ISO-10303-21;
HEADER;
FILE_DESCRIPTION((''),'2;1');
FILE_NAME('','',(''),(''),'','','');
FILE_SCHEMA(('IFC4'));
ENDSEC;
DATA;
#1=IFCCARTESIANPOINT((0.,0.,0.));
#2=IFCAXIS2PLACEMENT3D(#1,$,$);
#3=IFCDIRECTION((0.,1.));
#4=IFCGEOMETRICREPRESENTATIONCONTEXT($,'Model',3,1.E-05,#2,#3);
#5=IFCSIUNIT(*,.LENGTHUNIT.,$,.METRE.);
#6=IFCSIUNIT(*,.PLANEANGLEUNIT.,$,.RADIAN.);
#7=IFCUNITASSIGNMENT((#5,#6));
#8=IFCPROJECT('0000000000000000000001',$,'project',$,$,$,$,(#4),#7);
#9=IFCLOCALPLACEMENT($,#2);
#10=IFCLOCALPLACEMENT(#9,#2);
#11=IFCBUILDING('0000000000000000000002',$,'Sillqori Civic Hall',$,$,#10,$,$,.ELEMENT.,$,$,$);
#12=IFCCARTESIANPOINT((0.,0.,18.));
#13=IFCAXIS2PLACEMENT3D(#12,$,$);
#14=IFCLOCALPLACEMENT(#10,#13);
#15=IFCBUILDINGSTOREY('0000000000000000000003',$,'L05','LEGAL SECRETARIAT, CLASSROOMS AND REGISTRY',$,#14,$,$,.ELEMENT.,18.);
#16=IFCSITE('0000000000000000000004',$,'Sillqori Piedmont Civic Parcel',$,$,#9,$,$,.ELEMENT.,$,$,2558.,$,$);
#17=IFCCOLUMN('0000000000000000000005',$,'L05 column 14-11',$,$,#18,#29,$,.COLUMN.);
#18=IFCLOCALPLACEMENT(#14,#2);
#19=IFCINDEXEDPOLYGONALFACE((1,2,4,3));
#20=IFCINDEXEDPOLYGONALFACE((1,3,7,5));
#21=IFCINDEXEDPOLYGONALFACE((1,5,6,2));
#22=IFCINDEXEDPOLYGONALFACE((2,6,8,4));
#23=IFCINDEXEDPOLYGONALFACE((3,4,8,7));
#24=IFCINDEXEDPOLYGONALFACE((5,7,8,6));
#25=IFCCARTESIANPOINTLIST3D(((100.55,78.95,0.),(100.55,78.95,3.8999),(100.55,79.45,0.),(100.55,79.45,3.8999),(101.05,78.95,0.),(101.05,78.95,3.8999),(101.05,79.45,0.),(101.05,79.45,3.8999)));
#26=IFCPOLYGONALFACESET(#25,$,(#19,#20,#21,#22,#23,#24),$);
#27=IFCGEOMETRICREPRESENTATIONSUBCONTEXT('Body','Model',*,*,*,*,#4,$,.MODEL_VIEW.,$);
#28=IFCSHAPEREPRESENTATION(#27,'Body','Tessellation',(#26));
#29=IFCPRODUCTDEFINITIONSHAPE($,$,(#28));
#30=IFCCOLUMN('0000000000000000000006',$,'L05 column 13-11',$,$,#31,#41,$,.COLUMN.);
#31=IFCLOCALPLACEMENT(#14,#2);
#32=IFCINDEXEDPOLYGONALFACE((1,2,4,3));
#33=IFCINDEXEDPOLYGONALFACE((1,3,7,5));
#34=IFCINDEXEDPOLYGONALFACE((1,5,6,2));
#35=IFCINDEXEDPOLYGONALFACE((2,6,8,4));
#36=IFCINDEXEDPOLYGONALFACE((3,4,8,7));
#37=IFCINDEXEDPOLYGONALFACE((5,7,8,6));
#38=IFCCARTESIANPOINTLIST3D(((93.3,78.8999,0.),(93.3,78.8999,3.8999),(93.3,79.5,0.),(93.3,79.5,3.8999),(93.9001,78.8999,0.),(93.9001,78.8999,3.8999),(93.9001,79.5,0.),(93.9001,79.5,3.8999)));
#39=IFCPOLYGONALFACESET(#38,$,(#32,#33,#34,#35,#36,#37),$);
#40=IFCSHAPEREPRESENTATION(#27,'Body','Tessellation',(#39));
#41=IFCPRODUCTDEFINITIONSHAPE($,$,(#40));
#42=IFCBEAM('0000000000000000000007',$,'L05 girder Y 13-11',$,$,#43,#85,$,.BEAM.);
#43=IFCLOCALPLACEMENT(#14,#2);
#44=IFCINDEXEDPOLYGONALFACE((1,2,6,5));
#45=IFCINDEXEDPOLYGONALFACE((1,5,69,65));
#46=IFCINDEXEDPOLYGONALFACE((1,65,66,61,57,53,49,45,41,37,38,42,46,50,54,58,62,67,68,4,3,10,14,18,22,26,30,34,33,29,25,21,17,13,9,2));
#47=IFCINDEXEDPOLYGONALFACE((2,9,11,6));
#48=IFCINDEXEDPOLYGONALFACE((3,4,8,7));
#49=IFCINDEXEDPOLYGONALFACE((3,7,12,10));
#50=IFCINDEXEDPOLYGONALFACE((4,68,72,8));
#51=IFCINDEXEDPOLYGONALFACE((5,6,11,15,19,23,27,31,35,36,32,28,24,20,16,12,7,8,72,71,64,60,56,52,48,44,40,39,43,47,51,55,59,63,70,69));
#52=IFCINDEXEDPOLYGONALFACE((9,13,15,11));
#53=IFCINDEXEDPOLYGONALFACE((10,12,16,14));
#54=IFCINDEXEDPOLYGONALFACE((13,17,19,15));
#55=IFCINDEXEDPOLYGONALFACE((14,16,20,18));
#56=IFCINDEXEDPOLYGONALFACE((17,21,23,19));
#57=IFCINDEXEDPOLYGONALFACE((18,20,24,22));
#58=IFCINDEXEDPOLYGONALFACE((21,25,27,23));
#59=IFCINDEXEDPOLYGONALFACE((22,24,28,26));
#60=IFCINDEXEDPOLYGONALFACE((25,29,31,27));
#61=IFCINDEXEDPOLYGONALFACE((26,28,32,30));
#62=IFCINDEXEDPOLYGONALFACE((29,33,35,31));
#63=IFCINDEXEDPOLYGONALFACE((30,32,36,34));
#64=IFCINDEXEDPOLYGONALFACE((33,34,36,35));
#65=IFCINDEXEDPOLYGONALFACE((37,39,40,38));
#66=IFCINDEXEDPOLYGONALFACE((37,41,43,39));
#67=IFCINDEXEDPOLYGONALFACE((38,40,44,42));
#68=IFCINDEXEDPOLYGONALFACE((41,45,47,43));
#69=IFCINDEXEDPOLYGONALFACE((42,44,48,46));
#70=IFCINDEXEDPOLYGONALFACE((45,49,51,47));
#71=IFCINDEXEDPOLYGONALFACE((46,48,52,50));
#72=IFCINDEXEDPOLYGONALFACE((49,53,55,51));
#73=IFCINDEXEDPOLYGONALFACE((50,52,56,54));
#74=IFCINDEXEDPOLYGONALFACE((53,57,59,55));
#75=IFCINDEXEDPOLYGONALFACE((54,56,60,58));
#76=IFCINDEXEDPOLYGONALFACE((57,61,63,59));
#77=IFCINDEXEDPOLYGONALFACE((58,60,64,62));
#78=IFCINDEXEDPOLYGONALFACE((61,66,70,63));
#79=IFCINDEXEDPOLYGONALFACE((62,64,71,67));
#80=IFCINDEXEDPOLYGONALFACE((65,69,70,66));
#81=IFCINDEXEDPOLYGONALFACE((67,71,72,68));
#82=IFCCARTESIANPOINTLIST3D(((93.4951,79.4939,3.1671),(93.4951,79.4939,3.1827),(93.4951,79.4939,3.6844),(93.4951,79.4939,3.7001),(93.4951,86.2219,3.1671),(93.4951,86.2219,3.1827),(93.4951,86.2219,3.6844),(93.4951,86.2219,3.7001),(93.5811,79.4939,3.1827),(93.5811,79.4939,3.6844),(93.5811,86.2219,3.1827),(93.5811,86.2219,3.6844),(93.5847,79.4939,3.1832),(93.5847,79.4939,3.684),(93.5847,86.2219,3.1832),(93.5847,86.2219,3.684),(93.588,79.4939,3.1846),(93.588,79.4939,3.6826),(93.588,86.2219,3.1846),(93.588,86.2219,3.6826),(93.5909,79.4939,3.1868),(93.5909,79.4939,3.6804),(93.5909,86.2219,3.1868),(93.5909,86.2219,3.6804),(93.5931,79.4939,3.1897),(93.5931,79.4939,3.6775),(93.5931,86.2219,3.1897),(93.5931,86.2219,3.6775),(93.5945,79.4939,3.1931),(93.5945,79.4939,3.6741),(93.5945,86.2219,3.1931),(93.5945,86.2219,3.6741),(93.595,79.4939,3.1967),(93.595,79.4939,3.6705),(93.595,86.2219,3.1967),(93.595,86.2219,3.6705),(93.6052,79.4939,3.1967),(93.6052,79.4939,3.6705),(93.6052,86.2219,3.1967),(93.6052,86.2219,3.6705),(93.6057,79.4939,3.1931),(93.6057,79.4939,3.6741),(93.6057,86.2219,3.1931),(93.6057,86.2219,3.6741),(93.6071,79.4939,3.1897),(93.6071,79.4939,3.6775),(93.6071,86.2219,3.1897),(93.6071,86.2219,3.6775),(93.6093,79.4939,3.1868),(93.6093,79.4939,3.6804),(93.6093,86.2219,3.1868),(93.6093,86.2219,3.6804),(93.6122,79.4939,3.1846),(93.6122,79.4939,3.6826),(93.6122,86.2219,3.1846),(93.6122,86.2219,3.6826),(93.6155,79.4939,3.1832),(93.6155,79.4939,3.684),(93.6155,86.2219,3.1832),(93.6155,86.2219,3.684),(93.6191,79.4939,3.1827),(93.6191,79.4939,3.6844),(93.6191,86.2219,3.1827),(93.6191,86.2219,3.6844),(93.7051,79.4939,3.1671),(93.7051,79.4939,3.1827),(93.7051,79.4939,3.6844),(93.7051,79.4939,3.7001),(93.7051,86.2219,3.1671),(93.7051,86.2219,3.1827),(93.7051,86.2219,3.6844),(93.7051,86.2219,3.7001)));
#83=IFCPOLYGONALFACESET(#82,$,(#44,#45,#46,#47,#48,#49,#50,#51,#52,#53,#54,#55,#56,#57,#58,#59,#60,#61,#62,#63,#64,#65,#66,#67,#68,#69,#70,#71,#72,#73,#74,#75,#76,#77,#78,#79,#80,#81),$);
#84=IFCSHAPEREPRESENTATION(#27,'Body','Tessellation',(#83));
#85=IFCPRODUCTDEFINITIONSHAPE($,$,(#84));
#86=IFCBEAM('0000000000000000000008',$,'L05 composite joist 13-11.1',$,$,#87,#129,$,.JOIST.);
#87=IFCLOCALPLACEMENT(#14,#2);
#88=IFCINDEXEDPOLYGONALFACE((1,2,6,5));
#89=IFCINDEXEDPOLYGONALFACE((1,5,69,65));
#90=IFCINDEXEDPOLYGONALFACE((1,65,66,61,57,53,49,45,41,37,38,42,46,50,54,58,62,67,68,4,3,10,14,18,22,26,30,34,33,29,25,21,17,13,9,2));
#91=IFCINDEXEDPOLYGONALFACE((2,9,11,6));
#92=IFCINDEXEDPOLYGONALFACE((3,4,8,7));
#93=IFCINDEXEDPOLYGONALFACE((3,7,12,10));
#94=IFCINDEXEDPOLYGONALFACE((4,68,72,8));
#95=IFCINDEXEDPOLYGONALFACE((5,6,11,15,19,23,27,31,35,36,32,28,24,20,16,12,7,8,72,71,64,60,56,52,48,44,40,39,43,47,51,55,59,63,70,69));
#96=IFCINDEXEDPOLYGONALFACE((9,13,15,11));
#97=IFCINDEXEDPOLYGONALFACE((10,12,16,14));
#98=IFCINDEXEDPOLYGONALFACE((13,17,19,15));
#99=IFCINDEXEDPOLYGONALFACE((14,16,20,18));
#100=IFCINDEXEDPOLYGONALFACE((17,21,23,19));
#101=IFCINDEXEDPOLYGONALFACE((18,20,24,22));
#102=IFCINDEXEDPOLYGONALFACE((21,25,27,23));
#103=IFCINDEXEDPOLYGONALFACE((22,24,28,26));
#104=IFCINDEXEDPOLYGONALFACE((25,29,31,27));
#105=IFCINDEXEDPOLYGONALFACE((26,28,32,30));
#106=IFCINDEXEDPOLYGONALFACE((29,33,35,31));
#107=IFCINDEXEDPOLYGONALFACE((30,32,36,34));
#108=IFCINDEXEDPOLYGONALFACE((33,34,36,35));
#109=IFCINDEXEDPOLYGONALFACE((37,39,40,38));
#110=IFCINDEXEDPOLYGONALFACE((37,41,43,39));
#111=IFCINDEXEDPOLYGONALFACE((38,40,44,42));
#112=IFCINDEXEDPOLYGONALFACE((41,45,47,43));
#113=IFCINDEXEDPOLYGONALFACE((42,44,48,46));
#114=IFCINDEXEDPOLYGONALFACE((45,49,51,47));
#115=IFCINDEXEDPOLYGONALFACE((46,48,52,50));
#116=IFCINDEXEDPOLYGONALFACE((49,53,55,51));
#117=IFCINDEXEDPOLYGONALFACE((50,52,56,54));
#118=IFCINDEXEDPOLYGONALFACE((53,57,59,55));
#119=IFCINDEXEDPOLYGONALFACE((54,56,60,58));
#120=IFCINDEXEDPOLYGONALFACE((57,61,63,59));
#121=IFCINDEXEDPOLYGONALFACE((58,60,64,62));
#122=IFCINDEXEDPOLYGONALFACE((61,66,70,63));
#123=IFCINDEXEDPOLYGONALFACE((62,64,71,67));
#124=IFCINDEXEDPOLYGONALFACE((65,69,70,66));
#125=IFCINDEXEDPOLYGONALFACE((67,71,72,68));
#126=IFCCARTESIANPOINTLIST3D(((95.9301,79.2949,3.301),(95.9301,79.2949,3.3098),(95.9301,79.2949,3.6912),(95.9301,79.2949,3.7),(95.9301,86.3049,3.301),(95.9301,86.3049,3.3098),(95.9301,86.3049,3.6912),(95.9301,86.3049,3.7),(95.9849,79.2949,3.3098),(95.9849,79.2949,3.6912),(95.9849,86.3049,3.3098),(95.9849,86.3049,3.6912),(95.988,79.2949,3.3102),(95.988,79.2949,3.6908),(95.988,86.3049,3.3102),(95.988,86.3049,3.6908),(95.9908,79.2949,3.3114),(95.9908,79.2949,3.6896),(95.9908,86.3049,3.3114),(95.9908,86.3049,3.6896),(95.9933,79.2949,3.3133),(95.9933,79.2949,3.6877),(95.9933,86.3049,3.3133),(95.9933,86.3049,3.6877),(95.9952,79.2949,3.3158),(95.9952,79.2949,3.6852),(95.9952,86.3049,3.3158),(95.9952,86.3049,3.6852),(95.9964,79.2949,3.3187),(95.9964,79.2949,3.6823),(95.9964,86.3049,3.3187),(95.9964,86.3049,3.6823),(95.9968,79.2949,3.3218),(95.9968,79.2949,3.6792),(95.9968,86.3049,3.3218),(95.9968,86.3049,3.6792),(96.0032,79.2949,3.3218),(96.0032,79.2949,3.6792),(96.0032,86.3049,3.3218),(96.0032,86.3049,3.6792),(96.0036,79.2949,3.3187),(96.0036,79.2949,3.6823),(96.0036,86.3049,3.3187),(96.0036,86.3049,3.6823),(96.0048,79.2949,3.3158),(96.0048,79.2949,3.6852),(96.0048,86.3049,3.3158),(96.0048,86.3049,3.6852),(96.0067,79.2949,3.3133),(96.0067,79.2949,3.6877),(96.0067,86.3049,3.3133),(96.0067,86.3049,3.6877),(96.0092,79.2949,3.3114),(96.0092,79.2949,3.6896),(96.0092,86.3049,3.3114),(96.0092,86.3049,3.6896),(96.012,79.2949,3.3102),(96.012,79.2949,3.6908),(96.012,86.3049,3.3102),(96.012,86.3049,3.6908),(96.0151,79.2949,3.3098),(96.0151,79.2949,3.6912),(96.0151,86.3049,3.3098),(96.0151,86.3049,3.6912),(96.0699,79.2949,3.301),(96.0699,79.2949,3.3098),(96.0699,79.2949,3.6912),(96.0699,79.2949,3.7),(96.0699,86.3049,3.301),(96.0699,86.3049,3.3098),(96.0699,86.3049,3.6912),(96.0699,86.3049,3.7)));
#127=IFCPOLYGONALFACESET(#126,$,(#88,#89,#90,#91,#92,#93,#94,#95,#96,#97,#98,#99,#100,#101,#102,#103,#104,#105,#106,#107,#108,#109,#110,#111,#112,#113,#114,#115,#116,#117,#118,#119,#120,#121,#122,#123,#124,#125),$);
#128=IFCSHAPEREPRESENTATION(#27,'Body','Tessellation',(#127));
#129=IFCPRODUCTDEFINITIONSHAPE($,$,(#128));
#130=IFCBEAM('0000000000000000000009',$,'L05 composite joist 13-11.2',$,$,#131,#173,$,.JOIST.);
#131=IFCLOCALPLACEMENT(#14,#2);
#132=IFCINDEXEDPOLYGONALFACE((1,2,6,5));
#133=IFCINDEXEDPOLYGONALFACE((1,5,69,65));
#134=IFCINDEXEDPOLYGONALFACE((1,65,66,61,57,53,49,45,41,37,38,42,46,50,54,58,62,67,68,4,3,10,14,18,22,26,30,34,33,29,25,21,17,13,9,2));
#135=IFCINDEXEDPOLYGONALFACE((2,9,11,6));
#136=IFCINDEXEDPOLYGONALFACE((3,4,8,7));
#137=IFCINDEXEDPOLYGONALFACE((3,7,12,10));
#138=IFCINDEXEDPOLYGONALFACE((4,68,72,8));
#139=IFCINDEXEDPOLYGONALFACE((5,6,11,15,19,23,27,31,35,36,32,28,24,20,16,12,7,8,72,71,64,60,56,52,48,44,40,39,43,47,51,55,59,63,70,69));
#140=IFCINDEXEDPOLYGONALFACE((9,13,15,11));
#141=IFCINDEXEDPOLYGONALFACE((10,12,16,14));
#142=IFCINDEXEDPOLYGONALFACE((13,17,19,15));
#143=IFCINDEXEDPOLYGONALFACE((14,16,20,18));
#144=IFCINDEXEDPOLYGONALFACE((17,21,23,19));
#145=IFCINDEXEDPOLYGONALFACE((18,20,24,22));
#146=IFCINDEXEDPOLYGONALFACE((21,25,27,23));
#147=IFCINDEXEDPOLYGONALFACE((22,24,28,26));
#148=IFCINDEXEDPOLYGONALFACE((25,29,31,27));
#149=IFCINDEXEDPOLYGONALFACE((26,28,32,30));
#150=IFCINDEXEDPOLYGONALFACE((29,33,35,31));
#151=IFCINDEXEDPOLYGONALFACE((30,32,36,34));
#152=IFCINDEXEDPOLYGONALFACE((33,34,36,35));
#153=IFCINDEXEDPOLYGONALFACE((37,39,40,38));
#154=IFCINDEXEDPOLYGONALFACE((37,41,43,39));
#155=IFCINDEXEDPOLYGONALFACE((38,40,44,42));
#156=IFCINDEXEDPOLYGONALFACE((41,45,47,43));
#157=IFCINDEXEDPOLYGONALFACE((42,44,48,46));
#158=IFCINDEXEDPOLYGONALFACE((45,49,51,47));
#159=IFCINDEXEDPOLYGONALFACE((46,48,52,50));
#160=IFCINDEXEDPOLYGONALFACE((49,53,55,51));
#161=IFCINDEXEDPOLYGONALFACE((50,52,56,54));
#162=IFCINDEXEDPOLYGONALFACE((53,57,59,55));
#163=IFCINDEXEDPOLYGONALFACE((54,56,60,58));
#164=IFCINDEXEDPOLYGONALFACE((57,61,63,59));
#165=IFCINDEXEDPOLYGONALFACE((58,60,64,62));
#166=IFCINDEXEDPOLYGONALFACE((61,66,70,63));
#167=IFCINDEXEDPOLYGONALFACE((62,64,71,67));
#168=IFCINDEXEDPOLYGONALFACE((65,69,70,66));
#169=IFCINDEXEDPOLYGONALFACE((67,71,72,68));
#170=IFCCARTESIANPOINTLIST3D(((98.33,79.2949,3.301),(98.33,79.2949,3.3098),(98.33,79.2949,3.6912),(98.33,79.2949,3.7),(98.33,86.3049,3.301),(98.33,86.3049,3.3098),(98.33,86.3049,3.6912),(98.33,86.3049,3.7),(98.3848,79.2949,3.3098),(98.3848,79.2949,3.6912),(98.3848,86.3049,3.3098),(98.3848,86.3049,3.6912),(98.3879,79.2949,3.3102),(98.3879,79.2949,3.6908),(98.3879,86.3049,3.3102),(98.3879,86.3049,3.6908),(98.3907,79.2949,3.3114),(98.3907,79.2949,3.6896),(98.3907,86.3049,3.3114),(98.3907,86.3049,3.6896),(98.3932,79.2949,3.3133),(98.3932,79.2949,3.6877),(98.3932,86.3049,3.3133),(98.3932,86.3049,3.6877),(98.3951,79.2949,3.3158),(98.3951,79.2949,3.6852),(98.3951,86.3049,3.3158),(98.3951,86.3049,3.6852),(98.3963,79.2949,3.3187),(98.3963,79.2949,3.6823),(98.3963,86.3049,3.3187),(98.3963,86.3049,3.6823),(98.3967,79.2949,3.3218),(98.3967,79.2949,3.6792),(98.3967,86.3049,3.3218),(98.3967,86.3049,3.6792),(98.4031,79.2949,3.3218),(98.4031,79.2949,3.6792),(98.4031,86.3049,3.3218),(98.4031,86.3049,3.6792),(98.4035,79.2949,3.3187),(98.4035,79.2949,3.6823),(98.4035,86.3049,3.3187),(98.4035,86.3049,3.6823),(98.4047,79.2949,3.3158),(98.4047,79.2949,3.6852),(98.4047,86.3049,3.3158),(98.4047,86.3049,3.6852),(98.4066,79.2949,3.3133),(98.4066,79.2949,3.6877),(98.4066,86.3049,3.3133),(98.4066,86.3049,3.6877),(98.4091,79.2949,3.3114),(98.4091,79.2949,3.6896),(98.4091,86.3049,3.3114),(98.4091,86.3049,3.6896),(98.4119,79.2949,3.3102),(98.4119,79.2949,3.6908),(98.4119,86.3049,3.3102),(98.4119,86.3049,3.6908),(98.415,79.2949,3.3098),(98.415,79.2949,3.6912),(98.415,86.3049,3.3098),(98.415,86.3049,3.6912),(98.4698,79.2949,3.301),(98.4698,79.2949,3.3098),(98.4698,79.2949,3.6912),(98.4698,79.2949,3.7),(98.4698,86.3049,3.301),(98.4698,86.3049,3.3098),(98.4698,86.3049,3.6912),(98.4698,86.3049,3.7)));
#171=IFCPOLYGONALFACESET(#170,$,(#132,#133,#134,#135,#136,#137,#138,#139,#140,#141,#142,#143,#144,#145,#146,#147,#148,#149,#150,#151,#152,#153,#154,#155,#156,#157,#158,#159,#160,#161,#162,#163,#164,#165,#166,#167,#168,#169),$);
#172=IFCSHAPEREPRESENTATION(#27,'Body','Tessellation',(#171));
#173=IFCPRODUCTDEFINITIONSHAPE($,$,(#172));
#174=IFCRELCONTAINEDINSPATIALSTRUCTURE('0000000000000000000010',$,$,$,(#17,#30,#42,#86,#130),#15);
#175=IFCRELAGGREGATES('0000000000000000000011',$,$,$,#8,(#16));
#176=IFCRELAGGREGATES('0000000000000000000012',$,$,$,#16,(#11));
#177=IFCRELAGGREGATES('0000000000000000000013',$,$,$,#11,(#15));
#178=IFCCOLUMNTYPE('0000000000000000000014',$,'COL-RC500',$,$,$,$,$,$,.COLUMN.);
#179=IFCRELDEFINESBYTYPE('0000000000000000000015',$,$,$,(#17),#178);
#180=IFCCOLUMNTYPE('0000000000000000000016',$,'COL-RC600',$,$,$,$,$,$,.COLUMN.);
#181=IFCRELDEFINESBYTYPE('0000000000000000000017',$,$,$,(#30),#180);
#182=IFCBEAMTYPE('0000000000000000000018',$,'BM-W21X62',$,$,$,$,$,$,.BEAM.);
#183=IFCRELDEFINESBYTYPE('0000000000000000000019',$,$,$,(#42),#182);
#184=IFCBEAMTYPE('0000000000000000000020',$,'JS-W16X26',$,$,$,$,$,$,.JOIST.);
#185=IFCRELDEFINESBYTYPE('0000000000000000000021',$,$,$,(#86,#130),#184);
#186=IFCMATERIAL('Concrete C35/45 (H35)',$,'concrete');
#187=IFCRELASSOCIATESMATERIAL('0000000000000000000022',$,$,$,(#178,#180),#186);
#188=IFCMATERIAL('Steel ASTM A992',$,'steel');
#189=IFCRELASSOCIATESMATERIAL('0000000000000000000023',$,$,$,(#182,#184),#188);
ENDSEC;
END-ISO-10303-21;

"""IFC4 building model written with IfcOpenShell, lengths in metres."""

from ifc_helpers import new_model, si_unit, direction, frame, origin, origin_2d, place, context, subcontext, project, spatial, rectangle, i_section, extrude, material, material_profile, profile_set, type_object, element, save


model = new_model("IFC4")

# Units and contexts
model_context = context("Model", 3, precision=1e-05, world=origin(), true_north=direction((0.0, 1.0)))
body_context = subcontext(model_context, "Body", "Model", "MODEL_VIEW")
ifc_project = project(units=[si_unit("LENGTHUNIT", "METRE"), si_unit("PLANEANGLEUNIT", "RADIAN")], contexts=[model_context])

# Site, building, storey
site_placement = place(None, origin())
site = spatial("IfcSite", under=ifc_project, at=site_placement, Name="Sillqori Piedmont Civic Parcel", CompositionType="ELEMENT", RefElevation=2558.0)
building_placement = place(site_placement, origin())
building = spatial("IfcBuilding", under=site, at=building_placement, Name="Sillqori Civic Hall", CompositionType="ELEMENT")
storey_placement = place(building_placement, frame((0.0, 0.0, 18.0)))
storey = spatial("IfcBuildingStorey", under=building, at=storey_placement, Name="L05", Description="LEGAL SECRETARIAT, CLASSROOMS AND REGISTRY", CompositionType="ELEMENT", Elevation=18.0)

# Columns
ifc_material_1 = material(Name="Concrete C35/45 (H35)", Category="concrete")
ifc_material_profile_1 = material_profile(ifc_material_1, rectangle(XDim=0.5, YDim=0.5, at=origin_2d()), Name="RC 500x500")
ifc_profile_set_1 = profile_set([ifc_material_profile_1], Name="Concrete C35/45 (H35)")
column_type_1 = type_object("IfcColumnType", Name="COL-RC500", PredefinedType="COLUMN", material=ifc_profile_set_1)
column_1_placement = place(storey_placement, frame((100.8, 79.2, 0.0), z_axis=(0.0, 0.0, 1.0), x_axis=(1.0, 0.0, 0.0)))
element("IfcColumn", 1, at=column_1_placement, inside=storey, type_object=column_type_1, Name="L05 column 14-11", PredefinedType="COLUMN", context=body_context, shape_type="SweptSolid", body=[
    extrude(rectangle(XDim=0.5, YDim=0.5, at=origin_2d()), origin(), (0.0, 0.0, 1.0), 3.8999),
])
ifc_material_profile_2 = material_profile(ifc_material_1, rectangle(XDim=0.6001, YDim=0.6001, at=origin_2d()), Name="RC 600x600")
ifc_profile_set_2 = profile_set([ifc_material_profile_2], Name="Concrete C35/45 (H35)")
column_type_2 = type_object("IfcColumnType", Name="COL-RC600", PredefinedType="COLUMN", material=ifc_profile_set_2)
column_2_placement = place(storey_placement, frame((93.6001, 79.2, 0.0), z_axis=(0.0, 0.0, 1.0), x_axis=(1.0, 0.0, 0.0)))
element("IfcColumn", 2, at=column_2_placement, inside=storey, type_object=column_type_2, Name="L05 column 13-11", PredefinedType="COLUMN", context=body_context, shape_type="SweptSolid", body=[
    extrude(rectangle(XDim=0.6001, YDim=0.6001, at=origin_2d()), origin(), (0.0, 0.0, 1.0), 3.8999),
])

# Beam
ifc_material_2 = material(Name="Steel ASTM A992", Category="steel")
ifc_material_profile_3 = material_profile(ifc_material_2, i_section(OverallWidth=0.21, OverallDepth=0.533, WebThickness=0.0103, FlangeThickness=0.0156, FilletRadius=0.0139, at=origin_2d()), Name="W21X62")
ifc_profile_set_3 = profile_set([ifc_material_profile_3], Name="Steel ASTM A992")
beam_type_1 = type_object("IfcBeamType", Name="BM-W21X62", PredefinedType="BEAM", material=ifc_profile_set_3)
beam_1_placement = place(storey_placement, frame((93.6001, 79.4939, 3.4336), z_axis=(0.0, 1.0, 0.0), x_axis=(-1.0, 0.0, 0.0)))
element("IfcBeam", 3, at=beam_1_placement, inside=storey, type_object=beam_type_1, Name="L05 girder Y 13-11", PredefinedType="BEAM", context=body_context, shape_type="SweptSolid", body=[
    extrude(i_section(OverallWidth=0.21, OverallDepth=0.533, WebThickness=0.0103, FlangeThickness=0.0156, FilletRadius=0.0139, at=origin_2d()), origin(), (0.0, 0.0, 1.0), 6.728),
])

# Beams
ifc_material_profile_4 = material_profile(ifc_material_2, i_section(OverallWidth=0.1399, OverallDepth=0.3989, WebThickness=0.0063, FlangeThickness=0.0088, FilletRadius=0.012, at=origin_2d()), Name="W16X26")
ifc_profile_set_4 = profile_set([ifc_material_profile_4], Name="Steel ASTM A992")
beam_type_2 = type_object("IfcBeamType", Name="JS-W16X26", PredefinedType="JOIST", material=ifc_profile_set_4)
for number, where, z_axis, x_axis, name in (
    (4, (96.0, 79.2949, 3.5005), (0.0, 1.0, 0.0), (-1.0, 0.0, 0.0), "L05 composite joist 13-11.1"),
    (5, (98.3999, 79.2949, 3.5005), (0.0, 1.0, 0.0), (-1.0, 0.0, 0.0), "L05 composite joist 13-11.2"),
):
    element("IfcBeam", number, at=place(storey_placement, frame(where, z_axis=z_axis, x_axis=x_axis)), inside=storey, type_object=beam_type_2, Name=name, PredefinedType="JOIST", context=body_context, shape_type="SweptSolid", body=[
        extrude(i_section(OverallWidth=0.1399, OverallDepth=0.3989, WebThickness=0.0063, FlangeThickness=0.0088, FilletRadius=0.012, at=origin_2d()), origin(), (0.0, 0.0, 1.0), 7.01),
    ])

save(model, "model.ifc")
